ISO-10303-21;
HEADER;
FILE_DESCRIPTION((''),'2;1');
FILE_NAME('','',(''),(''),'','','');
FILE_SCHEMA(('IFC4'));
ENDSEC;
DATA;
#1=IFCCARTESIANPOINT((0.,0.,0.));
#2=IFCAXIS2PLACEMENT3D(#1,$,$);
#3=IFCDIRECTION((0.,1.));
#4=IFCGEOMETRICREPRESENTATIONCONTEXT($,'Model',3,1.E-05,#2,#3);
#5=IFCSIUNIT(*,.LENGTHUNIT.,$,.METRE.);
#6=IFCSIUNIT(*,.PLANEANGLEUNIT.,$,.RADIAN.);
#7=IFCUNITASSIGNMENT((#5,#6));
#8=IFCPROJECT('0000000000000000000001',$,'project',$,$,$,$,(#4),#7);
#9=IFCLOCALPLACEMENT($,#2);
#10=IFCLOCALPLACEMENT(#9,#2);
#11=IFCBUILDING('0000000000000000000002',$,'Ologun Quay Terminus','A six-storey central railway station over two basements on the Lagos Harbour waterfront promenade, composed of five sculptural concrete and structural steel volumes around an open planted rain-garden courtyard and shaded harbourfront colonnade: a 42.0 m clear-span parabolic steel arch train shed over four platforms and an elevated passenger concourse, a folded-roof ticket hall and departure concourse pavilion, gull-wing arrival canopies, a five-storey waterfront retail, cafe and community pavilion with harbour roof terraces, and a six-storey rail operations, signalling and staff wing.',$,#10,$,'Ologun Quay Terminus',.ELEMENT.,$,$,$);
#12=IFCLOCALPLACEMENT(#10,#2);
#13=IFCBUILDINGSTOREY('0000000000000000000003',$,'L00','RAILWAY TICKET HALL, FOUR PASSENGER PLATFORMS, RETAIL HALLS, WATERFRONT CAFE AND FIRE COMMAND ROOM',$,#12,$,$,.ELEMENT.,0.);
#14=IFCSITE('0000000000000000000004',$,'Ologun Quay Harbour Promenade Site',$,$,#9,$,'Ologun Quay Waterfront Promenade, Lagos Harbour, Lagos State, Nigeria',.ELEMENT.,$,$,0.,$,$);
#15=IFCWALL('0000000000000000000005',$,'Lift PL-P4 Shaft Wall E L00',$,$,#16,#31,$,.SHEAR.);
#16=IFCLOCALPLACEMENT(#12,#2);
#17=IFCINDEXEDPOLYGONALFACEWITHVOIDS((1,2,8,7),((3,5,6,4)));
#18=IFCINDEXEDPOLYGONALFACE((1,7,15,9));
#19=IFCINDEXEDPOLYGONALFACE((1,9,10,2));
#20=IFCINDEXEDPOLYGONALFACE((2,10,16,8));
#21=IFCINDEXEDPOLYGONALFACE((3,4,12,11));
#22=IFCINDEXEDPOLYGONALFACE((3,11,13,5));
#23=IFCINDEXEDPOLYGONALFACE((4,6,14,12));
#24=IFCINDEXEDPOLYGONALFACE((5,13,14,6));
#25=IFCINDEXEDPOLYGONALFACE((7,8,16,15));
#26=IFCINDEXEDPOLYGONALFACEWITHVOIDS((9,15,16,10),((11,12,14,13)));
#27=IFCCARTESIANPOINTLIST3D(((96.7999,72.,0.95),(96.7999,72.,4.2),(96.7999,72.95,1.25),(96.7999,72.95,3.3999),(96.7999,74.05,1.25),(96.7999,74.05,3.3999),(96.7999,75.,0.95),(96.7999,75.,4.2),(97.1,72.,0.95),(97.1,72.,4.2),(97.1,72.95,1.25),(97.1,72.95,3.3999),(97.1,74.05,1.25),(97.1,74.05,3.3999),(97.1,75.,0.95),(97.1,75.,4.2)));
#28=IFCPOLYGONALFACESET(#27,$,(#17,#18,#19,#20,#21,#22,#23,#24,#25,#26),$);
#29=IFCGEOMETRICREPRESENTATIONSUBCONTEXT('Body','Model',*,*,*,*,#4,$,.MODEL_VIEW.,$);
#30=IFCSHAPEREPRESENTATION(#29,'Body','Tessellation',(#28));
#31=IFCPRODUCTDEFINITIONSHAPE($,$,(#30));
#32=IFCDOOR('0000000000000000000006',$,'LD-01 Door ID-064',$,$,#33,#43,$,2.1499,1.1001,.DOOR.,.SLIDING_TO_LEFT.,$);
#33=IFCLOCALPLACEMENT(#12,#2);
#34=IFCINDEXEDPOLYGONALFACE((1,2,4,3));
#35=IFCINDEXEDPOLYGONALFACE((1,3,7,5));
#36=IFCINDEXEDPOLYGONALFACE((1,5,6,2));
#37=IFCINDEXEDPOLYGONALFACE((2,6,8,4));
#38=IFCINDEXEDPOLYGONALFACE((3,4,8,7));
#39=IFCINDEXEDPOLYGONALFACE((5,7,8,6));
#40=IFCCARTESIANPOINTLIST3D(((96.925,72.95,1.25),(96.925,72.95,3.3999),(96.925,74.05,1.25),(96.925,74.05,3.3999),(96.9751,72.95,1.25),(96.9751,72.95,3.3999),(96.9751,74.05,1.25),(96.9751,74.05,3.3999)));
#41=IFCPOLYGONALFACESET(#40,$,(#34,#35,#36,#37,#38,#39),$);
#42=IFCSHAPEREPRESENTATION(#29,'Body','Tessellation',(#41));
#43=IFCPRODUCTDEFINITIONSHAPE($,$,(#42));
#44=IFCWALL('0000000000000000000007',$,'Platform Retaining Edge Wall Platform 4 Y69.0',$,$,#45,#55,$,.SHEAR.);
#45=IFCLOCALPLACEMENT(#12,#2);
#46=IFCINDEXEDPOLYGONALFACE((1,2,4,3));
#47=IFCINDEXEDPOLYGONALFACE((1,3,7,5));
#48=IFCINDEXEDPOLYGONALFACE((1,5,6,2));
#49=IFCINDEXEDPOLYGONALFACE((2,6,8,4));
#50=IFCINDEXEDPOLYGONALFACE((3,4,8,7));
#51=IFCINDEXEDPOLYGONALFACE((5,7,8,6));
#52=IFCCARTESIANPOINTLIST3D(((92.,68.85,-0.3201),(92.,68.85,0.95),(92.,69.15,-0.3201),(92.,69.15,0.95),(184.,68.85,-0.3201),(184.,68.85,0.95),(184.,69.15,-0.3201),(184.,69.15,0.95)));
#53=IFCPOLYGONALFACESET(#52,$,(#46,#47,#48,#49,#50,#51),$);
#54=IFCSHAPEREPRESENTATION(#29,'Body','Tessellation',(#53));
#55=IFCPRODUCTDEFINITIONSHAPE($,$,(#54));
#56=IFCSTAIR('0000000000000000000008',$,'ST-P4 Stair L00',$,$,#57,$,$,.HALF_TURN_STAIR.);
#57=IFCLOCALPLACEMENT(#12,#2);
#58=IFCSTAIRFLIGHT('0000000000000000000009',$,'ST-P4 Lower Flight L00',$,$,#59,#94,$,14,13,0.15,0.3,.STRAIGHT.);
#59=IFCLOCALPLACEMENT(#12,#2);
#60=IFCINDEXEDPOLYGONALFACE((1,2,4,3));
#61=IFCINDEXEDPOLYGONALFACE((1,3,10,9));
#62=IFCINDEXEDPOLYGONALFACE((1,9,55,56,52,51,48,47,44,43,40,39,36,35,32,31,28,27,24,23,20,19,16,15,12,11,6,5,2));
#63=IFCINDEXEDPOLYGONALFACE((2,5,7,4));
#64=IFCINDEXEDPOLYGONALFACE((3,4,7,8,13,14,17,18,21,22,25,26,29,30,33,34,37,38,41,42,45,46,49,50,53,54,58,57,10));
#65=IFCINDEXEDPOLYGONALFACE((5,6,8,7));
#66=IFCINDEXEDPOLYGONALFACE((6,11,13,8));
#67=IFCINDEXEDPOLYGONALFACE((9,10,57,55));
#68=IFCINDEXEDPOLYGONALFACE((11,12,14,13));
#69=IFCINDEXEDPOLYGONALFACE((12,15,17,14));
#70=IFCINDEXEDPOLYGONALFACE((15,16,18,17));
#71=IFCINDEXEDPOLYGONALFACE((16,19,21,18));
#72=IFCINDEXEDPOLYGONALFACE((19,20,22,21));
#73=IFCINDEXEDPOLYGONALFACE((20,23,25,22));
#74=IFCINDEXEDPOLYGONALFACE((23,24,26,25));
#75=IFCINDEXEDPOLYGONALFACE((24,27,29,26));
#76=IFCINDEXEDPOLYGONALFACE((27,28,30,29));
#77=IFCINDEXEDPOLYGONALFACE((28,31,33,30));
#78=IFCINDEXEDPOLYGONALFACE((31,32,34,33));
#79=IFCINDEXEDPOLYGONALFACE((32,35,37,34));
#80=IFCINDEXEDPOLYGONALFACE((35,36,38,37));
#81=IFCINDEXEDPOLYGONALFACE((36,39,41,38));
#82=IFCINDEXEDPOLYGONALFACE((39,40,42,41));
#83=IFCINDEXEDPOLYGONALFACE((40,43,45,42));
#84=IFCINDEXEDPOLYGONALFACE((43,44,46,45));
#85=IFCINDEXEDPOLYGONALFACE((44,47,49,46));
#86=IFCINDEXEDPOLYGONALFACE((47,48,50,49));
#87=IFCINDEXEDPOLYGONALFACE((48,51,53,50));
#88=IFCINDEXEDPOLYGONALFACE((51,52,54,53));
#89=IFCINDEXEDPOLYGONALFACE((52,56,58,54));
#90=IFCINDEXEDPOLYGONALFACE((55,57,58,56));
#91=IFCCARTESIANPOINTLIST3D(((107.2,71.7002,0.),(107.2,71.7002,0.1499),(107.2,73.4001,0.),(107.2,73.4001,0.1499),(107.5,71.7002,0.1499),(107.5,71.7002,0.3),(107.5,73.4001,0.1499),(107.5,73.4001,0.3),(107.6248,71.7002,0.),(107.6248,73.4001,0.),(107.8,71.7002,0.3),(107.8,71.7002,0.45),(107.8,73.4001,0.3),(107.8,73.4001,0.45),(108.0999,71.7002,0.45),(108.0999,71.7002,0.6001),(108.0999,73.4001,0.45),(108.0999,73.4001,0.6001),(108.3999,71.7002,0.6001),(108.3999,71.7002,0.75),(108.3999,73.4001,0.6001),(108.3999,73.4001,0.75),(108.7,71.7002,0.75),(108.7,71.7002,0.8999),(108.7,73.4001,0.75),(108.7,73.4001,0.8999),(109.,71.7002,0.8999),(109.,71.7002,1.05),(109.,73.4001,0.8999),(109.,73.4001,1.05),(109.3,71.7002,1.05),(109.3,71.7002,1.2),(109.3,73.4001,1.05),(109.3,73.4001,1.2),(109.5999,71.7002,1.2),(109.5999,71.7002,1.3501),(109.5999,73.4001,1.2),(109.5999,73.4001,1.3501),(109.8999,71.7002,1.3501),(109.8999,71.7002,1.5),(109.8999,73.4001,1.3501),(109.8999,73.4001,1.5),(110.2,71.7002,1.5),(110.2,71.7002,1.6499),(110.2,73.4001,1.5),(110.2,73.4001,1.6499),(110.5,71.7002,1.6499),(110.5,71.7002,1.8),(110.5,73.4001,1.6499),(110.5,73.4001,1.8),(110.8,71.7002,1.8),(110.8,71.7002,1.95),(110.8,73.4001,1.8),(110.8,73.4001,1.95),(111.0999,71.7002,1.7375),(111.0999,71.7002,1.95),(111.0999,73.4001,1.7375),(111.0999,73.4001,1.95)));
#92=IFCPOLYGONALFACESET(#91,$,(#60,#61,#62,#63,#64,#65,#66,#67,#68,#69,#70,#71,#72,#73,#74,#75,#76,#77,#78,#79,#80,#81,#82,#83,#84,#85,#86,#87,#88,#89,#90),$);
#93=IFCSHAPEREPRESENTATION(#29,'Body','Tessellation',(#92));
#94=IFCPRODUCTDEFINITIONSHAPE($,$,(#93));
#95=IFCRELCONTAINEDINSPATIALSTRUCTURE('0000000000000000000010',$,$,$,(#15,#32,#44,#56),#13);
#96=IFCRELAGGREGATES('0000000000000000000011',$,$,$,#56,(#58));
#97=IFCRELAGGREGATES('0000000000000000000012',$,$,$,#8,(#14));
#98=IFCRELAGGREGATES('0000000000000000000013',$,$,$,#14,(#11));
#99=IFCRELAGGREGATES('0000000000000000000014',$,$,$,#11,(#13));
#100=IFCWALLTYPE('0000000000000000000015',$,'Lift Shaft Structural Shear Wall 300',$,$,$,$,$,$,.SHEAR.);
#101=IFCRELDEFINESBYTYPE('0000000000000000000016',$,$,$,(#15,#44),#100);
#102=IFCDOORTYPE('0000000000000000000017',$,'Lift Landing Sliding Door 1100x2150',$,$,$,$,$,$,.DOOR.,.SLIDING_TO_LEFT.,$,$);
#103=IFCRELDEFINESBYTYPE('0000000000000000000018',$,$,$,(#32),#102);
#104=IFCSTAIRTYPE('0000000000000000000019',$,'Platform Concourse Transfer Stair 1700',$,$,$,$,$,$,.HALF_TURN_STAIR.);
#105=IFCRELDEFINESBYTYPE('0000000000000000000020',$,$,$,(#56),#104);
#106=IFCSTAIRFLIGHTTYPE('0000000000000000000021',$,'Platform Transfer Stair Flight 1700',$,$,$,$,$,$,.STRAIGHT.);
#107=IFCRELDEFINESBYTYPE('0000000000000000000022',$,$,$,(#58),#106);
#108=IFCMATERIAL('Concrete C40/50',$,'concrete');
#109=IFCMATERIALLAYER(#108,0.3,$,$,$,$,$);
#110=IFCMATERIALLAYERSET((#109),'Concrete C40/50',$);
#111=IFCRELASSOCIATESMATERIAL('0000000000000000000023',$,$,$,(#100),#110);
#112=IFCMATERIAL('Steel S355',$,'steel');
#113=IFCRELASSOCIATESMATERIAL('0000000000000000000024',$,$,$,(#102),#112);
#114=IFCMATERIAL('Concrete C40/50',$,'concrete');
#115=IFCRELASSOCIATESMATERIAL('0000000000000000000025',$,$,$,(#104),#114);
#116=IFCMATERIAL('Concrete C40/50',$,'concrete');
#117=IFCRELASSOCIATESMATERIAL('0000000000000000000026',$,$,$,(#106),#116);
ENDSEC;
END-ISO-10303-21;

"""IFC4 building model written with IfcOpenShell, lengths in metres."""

from ifc_helpers import new_model, si_unit, direction, frame, frame_2d, origin, place, context, subcontext, project, spatial, polyline, rectangle, outline, extrude, material, layer, layer_set, type_object, element, fill, aggregate, save


model = new_model("IFC4")

# Units and contexts
model_context = context("Model", 3, precision=1e-05, world=origin(), true_north=direction((0.0, 1.0)))
body_context = subcontext(model_context, "Body", "Model", "MODEL_VIEW")
ifc_project = project(units=[si_unit("LENGTHUNIT", "METRE"), si_unit("PLANEANGLEUNIT", "RADIAN")], contexts=[model_context])

# Site, building, storey
site_placement = place(None, origin())
site = spatial("IfcSite", under=ifc_project, at=site_placement, Name="Ologun Quay Harbour Promenade Site", LongName="Ologun Quay Waterfront Promenade, Lagos Harbour, Lagos State, Nigeria", CompositionType="ELEMENT", RefElevation=0.0)
building_placement = place(site_placement, origin())
building = spatial("IfcBuilding", under=site, at=building_placement, Name="Ologun Quay Terminus", Description="A six-storey central railway station over two basements on the Lagos Harbour waterfront promenade, composed of five sculptural concrete and structural steel volumes around an open planted rain-garden courtyard and shaded harbourfront colonnade: a 42.0 m clear-span parabolic steel arch train shed over four platforms and an elevated passenger concourse, a folded-roof ticket hall and departure concourse pavilion, gull-wing arrival canopies, a five-storey waterfront retail, cafe and community pavilion with harbour roof terraces, and a six-storey rail operations, signalling and staff wing.", LongName="Ologun Quay Terminus", CompositionType="ELEMENT")
storey_placement = place(building_placement, origin())
storey = spatial("IfcBuildingStorey", under=building, at=storey_placement, Name="L00", Description="RAILWAY TICKET HALL, FOUR PASSENGER PLATFORMS, RETAIL HALLS, WATERFRONT CAFE AND FIRE COMMAND ROOM", CompositionType="ELEMENT", Elevation=0.0)

# Shared definitions
ifc_material_1 = material(Name="Concrete C40/50", Category="concrete")
ifc_layer = layer(ifc_material_1, 0.3)
ifc_layer_set = layer_set([ifc_layer], Name="Concrete C40/50")
wall_type = type_object("IfcWallType", Name="Lift Shaft Structural Shear Wall 300", PredefinedType="SHEAR", material=ifc_layer_set)

# Wall, opening, door
wall_1_placement = place(storey_placement, frame((96.95, 72.0, 0.95), z_axis=(0.0, 0.0, 1.0), x_axis=(0.0, 1.0, 0.0)))
wall_1 = element("IfcWall", 1, at=wall_1_placement, inside=storey, type_object=wall_type, Name="Lift PL-P4 Shaft Wall E L00", PredefinedType="SHEAR", context=body_context, shape_type="SweptSolid", body=[
    extrude(rectangle(XDim=3.0, YDim=0.3, at=frame_2d((1.5, 0.0))), origin(), (0.0, 0.0, 1.0), 3.25),
])
opening_placement = place(wall_1_placement, frame((0.95, 0.0, 0.3)))
opening = element("IfcOpeningElement", 2, at=opening_placement, cuts=wall_1, PredefinedType="OPENING", context=body_context, shape_type="SweptSolid", body=[
    extrude(rectangle(XDim=1.1001, YDim=2.1499, at=frame_2d((0.55, 1.075))), frame((0.0, 0.1602, 0.0), z_axis=(0.0, -1.0, 0.0), x_axis=(1.0, 0.0, 0.0)), (0.0, 0.0, 1.0), 0.3201),
])
ifc_material_2 = material(Name="Steel S355", Category="steel")
door_type = type_object("IfcDoorType", Name="Lift Landing Sliding Door 1100x2150", OperationType="SLIDING_TO_LEFT", PredefinedType="DOOR", material=ifc_material_2)
door_placement = place(opening_placement, origin())
door = element("IfcDoor", 3, at=door_placement, inside=storey, type_object=door_type, Name="LD-01 Door ID-064", OperationType="SLIDING_TO_LEFT", OverallHeight=2.1499, OverallWidth=1.1001, PredefinedType="DOOR", context=body_context, shape_type="SweptSolid", body=[
    extrude(rectangle(XDim=1.1001, YDim=2.1499, at=frame_2d((0.55, 1.075))), frame((0.0, 0.0249, 0.0), z_axis=(0.0, -1.0, 0.0), x_axis=(1.0, 0.0, 0.0)), (0.0, 0.0, 1.0), 0.05),
])
fill(opening, door)

# Wall
wall_2_placement = place(storey_placement, frame((92.0, 69.0, -0.3201), z_axis=(0.0, 0.0, 1.0), x_axis=(1.0, 0.0, 0.0)))
element("IfcWall", 4, at=wall_2_placement, inside=storey, type_object=wall_type, Name="Platform Retaining Edge Wall Platform 4 Y69.0", PredefinedType="SHEAR", context=body_context, shape_type="SweptSolid", body=[
    extrude(rectangle(XDim=92.0, YDim=0.3, at=frame_2d((46.0, 0.0))), origin(), (0.0, 0.0, 1.0), 1.27),
])

# Stair, stair flight
ifc_material_3 = material(Name="Concrete C40/50", Category="concrete")
stair_type = type_object("IfcStairType", Name="Platform Concourse Transfer Stair 1700", PredefinedType="HALF_TURN_STAIR", material=ifc_material_3)
stair_placement = place(storey_placement, origin())
stair = element("IfcStair", 5, at=stair_placement, inside=storey, type_object=stair_type, Name="ST-P4 Stair L00", PredefinedType="HALF_TURN_STAIR")
ifc_material_4 = material(Name="Concrete C40/50", Category="concrete")
stair_flight_type = type_object("IfcStairFlightType", Name="Platform Transfer Stair Flight 1700", PredefinedType="STRAIGHT", material=ifc_material_4)
stair_flight_placement = place(storey_placement, frame((107.2, 72.55, 0.0), z_axis=(0.0, 0.0, 1.0), x_axis=(1.0, 0.0, 0.0)))
stair_flight = element("IfcStairFlight", 6, at=stair_flight_placement, type_object=stair_flight_type, Name="ST-P4 Lower Flight L00", NumberOfRisers=14, NumberOfTreads=13, PredefinedType="STRAIGHT", RiserHeight=0.15, TreadLength=0.3, context=body_context, shape_type="SweptSolid", body=[
    extrude(outline(polyline([(0.0, 0.0), (0.0, 0.1499), (0.3, 0.1499), (0.3, 0.3), (0.6001, 0.3), (0.6001, 0.45), (0.8999, 0.45), (0.8999, 0.6001), (1.2, 0.6001), (1.2, 0.75), (1.5, 0.75), (1.5, 0.8999), (1.8, 0.8999), (1.8, 1.05), (2.1001, 1.05), (2.1001, 1.2), (2.3999, 1.2), (2.3999, 1.3501), (2.7, 1.3501), (2.7, 1.5), (3.0, 1.5), (3.0, 1.6499), (3.3, 1.6499), (3.3, 1.8), (3.6001, 1.8), (3.6001, 1.95), (3.8999, 1.95), (3.8999, 2.1001), (3.8999, 1.7375), (0.4248, 0.0), (0.0, 0.0)])), frame((0.0, 0.8501, 0.0), z_axis=(0.0, -1.0, 0.0), x_axis=(1.0, 0.0, 0.0)), (0.0, 0.0, 1.0), 1.7),
])
aggregate(stair, [stair_flight])

save(model, "model.ifc")
